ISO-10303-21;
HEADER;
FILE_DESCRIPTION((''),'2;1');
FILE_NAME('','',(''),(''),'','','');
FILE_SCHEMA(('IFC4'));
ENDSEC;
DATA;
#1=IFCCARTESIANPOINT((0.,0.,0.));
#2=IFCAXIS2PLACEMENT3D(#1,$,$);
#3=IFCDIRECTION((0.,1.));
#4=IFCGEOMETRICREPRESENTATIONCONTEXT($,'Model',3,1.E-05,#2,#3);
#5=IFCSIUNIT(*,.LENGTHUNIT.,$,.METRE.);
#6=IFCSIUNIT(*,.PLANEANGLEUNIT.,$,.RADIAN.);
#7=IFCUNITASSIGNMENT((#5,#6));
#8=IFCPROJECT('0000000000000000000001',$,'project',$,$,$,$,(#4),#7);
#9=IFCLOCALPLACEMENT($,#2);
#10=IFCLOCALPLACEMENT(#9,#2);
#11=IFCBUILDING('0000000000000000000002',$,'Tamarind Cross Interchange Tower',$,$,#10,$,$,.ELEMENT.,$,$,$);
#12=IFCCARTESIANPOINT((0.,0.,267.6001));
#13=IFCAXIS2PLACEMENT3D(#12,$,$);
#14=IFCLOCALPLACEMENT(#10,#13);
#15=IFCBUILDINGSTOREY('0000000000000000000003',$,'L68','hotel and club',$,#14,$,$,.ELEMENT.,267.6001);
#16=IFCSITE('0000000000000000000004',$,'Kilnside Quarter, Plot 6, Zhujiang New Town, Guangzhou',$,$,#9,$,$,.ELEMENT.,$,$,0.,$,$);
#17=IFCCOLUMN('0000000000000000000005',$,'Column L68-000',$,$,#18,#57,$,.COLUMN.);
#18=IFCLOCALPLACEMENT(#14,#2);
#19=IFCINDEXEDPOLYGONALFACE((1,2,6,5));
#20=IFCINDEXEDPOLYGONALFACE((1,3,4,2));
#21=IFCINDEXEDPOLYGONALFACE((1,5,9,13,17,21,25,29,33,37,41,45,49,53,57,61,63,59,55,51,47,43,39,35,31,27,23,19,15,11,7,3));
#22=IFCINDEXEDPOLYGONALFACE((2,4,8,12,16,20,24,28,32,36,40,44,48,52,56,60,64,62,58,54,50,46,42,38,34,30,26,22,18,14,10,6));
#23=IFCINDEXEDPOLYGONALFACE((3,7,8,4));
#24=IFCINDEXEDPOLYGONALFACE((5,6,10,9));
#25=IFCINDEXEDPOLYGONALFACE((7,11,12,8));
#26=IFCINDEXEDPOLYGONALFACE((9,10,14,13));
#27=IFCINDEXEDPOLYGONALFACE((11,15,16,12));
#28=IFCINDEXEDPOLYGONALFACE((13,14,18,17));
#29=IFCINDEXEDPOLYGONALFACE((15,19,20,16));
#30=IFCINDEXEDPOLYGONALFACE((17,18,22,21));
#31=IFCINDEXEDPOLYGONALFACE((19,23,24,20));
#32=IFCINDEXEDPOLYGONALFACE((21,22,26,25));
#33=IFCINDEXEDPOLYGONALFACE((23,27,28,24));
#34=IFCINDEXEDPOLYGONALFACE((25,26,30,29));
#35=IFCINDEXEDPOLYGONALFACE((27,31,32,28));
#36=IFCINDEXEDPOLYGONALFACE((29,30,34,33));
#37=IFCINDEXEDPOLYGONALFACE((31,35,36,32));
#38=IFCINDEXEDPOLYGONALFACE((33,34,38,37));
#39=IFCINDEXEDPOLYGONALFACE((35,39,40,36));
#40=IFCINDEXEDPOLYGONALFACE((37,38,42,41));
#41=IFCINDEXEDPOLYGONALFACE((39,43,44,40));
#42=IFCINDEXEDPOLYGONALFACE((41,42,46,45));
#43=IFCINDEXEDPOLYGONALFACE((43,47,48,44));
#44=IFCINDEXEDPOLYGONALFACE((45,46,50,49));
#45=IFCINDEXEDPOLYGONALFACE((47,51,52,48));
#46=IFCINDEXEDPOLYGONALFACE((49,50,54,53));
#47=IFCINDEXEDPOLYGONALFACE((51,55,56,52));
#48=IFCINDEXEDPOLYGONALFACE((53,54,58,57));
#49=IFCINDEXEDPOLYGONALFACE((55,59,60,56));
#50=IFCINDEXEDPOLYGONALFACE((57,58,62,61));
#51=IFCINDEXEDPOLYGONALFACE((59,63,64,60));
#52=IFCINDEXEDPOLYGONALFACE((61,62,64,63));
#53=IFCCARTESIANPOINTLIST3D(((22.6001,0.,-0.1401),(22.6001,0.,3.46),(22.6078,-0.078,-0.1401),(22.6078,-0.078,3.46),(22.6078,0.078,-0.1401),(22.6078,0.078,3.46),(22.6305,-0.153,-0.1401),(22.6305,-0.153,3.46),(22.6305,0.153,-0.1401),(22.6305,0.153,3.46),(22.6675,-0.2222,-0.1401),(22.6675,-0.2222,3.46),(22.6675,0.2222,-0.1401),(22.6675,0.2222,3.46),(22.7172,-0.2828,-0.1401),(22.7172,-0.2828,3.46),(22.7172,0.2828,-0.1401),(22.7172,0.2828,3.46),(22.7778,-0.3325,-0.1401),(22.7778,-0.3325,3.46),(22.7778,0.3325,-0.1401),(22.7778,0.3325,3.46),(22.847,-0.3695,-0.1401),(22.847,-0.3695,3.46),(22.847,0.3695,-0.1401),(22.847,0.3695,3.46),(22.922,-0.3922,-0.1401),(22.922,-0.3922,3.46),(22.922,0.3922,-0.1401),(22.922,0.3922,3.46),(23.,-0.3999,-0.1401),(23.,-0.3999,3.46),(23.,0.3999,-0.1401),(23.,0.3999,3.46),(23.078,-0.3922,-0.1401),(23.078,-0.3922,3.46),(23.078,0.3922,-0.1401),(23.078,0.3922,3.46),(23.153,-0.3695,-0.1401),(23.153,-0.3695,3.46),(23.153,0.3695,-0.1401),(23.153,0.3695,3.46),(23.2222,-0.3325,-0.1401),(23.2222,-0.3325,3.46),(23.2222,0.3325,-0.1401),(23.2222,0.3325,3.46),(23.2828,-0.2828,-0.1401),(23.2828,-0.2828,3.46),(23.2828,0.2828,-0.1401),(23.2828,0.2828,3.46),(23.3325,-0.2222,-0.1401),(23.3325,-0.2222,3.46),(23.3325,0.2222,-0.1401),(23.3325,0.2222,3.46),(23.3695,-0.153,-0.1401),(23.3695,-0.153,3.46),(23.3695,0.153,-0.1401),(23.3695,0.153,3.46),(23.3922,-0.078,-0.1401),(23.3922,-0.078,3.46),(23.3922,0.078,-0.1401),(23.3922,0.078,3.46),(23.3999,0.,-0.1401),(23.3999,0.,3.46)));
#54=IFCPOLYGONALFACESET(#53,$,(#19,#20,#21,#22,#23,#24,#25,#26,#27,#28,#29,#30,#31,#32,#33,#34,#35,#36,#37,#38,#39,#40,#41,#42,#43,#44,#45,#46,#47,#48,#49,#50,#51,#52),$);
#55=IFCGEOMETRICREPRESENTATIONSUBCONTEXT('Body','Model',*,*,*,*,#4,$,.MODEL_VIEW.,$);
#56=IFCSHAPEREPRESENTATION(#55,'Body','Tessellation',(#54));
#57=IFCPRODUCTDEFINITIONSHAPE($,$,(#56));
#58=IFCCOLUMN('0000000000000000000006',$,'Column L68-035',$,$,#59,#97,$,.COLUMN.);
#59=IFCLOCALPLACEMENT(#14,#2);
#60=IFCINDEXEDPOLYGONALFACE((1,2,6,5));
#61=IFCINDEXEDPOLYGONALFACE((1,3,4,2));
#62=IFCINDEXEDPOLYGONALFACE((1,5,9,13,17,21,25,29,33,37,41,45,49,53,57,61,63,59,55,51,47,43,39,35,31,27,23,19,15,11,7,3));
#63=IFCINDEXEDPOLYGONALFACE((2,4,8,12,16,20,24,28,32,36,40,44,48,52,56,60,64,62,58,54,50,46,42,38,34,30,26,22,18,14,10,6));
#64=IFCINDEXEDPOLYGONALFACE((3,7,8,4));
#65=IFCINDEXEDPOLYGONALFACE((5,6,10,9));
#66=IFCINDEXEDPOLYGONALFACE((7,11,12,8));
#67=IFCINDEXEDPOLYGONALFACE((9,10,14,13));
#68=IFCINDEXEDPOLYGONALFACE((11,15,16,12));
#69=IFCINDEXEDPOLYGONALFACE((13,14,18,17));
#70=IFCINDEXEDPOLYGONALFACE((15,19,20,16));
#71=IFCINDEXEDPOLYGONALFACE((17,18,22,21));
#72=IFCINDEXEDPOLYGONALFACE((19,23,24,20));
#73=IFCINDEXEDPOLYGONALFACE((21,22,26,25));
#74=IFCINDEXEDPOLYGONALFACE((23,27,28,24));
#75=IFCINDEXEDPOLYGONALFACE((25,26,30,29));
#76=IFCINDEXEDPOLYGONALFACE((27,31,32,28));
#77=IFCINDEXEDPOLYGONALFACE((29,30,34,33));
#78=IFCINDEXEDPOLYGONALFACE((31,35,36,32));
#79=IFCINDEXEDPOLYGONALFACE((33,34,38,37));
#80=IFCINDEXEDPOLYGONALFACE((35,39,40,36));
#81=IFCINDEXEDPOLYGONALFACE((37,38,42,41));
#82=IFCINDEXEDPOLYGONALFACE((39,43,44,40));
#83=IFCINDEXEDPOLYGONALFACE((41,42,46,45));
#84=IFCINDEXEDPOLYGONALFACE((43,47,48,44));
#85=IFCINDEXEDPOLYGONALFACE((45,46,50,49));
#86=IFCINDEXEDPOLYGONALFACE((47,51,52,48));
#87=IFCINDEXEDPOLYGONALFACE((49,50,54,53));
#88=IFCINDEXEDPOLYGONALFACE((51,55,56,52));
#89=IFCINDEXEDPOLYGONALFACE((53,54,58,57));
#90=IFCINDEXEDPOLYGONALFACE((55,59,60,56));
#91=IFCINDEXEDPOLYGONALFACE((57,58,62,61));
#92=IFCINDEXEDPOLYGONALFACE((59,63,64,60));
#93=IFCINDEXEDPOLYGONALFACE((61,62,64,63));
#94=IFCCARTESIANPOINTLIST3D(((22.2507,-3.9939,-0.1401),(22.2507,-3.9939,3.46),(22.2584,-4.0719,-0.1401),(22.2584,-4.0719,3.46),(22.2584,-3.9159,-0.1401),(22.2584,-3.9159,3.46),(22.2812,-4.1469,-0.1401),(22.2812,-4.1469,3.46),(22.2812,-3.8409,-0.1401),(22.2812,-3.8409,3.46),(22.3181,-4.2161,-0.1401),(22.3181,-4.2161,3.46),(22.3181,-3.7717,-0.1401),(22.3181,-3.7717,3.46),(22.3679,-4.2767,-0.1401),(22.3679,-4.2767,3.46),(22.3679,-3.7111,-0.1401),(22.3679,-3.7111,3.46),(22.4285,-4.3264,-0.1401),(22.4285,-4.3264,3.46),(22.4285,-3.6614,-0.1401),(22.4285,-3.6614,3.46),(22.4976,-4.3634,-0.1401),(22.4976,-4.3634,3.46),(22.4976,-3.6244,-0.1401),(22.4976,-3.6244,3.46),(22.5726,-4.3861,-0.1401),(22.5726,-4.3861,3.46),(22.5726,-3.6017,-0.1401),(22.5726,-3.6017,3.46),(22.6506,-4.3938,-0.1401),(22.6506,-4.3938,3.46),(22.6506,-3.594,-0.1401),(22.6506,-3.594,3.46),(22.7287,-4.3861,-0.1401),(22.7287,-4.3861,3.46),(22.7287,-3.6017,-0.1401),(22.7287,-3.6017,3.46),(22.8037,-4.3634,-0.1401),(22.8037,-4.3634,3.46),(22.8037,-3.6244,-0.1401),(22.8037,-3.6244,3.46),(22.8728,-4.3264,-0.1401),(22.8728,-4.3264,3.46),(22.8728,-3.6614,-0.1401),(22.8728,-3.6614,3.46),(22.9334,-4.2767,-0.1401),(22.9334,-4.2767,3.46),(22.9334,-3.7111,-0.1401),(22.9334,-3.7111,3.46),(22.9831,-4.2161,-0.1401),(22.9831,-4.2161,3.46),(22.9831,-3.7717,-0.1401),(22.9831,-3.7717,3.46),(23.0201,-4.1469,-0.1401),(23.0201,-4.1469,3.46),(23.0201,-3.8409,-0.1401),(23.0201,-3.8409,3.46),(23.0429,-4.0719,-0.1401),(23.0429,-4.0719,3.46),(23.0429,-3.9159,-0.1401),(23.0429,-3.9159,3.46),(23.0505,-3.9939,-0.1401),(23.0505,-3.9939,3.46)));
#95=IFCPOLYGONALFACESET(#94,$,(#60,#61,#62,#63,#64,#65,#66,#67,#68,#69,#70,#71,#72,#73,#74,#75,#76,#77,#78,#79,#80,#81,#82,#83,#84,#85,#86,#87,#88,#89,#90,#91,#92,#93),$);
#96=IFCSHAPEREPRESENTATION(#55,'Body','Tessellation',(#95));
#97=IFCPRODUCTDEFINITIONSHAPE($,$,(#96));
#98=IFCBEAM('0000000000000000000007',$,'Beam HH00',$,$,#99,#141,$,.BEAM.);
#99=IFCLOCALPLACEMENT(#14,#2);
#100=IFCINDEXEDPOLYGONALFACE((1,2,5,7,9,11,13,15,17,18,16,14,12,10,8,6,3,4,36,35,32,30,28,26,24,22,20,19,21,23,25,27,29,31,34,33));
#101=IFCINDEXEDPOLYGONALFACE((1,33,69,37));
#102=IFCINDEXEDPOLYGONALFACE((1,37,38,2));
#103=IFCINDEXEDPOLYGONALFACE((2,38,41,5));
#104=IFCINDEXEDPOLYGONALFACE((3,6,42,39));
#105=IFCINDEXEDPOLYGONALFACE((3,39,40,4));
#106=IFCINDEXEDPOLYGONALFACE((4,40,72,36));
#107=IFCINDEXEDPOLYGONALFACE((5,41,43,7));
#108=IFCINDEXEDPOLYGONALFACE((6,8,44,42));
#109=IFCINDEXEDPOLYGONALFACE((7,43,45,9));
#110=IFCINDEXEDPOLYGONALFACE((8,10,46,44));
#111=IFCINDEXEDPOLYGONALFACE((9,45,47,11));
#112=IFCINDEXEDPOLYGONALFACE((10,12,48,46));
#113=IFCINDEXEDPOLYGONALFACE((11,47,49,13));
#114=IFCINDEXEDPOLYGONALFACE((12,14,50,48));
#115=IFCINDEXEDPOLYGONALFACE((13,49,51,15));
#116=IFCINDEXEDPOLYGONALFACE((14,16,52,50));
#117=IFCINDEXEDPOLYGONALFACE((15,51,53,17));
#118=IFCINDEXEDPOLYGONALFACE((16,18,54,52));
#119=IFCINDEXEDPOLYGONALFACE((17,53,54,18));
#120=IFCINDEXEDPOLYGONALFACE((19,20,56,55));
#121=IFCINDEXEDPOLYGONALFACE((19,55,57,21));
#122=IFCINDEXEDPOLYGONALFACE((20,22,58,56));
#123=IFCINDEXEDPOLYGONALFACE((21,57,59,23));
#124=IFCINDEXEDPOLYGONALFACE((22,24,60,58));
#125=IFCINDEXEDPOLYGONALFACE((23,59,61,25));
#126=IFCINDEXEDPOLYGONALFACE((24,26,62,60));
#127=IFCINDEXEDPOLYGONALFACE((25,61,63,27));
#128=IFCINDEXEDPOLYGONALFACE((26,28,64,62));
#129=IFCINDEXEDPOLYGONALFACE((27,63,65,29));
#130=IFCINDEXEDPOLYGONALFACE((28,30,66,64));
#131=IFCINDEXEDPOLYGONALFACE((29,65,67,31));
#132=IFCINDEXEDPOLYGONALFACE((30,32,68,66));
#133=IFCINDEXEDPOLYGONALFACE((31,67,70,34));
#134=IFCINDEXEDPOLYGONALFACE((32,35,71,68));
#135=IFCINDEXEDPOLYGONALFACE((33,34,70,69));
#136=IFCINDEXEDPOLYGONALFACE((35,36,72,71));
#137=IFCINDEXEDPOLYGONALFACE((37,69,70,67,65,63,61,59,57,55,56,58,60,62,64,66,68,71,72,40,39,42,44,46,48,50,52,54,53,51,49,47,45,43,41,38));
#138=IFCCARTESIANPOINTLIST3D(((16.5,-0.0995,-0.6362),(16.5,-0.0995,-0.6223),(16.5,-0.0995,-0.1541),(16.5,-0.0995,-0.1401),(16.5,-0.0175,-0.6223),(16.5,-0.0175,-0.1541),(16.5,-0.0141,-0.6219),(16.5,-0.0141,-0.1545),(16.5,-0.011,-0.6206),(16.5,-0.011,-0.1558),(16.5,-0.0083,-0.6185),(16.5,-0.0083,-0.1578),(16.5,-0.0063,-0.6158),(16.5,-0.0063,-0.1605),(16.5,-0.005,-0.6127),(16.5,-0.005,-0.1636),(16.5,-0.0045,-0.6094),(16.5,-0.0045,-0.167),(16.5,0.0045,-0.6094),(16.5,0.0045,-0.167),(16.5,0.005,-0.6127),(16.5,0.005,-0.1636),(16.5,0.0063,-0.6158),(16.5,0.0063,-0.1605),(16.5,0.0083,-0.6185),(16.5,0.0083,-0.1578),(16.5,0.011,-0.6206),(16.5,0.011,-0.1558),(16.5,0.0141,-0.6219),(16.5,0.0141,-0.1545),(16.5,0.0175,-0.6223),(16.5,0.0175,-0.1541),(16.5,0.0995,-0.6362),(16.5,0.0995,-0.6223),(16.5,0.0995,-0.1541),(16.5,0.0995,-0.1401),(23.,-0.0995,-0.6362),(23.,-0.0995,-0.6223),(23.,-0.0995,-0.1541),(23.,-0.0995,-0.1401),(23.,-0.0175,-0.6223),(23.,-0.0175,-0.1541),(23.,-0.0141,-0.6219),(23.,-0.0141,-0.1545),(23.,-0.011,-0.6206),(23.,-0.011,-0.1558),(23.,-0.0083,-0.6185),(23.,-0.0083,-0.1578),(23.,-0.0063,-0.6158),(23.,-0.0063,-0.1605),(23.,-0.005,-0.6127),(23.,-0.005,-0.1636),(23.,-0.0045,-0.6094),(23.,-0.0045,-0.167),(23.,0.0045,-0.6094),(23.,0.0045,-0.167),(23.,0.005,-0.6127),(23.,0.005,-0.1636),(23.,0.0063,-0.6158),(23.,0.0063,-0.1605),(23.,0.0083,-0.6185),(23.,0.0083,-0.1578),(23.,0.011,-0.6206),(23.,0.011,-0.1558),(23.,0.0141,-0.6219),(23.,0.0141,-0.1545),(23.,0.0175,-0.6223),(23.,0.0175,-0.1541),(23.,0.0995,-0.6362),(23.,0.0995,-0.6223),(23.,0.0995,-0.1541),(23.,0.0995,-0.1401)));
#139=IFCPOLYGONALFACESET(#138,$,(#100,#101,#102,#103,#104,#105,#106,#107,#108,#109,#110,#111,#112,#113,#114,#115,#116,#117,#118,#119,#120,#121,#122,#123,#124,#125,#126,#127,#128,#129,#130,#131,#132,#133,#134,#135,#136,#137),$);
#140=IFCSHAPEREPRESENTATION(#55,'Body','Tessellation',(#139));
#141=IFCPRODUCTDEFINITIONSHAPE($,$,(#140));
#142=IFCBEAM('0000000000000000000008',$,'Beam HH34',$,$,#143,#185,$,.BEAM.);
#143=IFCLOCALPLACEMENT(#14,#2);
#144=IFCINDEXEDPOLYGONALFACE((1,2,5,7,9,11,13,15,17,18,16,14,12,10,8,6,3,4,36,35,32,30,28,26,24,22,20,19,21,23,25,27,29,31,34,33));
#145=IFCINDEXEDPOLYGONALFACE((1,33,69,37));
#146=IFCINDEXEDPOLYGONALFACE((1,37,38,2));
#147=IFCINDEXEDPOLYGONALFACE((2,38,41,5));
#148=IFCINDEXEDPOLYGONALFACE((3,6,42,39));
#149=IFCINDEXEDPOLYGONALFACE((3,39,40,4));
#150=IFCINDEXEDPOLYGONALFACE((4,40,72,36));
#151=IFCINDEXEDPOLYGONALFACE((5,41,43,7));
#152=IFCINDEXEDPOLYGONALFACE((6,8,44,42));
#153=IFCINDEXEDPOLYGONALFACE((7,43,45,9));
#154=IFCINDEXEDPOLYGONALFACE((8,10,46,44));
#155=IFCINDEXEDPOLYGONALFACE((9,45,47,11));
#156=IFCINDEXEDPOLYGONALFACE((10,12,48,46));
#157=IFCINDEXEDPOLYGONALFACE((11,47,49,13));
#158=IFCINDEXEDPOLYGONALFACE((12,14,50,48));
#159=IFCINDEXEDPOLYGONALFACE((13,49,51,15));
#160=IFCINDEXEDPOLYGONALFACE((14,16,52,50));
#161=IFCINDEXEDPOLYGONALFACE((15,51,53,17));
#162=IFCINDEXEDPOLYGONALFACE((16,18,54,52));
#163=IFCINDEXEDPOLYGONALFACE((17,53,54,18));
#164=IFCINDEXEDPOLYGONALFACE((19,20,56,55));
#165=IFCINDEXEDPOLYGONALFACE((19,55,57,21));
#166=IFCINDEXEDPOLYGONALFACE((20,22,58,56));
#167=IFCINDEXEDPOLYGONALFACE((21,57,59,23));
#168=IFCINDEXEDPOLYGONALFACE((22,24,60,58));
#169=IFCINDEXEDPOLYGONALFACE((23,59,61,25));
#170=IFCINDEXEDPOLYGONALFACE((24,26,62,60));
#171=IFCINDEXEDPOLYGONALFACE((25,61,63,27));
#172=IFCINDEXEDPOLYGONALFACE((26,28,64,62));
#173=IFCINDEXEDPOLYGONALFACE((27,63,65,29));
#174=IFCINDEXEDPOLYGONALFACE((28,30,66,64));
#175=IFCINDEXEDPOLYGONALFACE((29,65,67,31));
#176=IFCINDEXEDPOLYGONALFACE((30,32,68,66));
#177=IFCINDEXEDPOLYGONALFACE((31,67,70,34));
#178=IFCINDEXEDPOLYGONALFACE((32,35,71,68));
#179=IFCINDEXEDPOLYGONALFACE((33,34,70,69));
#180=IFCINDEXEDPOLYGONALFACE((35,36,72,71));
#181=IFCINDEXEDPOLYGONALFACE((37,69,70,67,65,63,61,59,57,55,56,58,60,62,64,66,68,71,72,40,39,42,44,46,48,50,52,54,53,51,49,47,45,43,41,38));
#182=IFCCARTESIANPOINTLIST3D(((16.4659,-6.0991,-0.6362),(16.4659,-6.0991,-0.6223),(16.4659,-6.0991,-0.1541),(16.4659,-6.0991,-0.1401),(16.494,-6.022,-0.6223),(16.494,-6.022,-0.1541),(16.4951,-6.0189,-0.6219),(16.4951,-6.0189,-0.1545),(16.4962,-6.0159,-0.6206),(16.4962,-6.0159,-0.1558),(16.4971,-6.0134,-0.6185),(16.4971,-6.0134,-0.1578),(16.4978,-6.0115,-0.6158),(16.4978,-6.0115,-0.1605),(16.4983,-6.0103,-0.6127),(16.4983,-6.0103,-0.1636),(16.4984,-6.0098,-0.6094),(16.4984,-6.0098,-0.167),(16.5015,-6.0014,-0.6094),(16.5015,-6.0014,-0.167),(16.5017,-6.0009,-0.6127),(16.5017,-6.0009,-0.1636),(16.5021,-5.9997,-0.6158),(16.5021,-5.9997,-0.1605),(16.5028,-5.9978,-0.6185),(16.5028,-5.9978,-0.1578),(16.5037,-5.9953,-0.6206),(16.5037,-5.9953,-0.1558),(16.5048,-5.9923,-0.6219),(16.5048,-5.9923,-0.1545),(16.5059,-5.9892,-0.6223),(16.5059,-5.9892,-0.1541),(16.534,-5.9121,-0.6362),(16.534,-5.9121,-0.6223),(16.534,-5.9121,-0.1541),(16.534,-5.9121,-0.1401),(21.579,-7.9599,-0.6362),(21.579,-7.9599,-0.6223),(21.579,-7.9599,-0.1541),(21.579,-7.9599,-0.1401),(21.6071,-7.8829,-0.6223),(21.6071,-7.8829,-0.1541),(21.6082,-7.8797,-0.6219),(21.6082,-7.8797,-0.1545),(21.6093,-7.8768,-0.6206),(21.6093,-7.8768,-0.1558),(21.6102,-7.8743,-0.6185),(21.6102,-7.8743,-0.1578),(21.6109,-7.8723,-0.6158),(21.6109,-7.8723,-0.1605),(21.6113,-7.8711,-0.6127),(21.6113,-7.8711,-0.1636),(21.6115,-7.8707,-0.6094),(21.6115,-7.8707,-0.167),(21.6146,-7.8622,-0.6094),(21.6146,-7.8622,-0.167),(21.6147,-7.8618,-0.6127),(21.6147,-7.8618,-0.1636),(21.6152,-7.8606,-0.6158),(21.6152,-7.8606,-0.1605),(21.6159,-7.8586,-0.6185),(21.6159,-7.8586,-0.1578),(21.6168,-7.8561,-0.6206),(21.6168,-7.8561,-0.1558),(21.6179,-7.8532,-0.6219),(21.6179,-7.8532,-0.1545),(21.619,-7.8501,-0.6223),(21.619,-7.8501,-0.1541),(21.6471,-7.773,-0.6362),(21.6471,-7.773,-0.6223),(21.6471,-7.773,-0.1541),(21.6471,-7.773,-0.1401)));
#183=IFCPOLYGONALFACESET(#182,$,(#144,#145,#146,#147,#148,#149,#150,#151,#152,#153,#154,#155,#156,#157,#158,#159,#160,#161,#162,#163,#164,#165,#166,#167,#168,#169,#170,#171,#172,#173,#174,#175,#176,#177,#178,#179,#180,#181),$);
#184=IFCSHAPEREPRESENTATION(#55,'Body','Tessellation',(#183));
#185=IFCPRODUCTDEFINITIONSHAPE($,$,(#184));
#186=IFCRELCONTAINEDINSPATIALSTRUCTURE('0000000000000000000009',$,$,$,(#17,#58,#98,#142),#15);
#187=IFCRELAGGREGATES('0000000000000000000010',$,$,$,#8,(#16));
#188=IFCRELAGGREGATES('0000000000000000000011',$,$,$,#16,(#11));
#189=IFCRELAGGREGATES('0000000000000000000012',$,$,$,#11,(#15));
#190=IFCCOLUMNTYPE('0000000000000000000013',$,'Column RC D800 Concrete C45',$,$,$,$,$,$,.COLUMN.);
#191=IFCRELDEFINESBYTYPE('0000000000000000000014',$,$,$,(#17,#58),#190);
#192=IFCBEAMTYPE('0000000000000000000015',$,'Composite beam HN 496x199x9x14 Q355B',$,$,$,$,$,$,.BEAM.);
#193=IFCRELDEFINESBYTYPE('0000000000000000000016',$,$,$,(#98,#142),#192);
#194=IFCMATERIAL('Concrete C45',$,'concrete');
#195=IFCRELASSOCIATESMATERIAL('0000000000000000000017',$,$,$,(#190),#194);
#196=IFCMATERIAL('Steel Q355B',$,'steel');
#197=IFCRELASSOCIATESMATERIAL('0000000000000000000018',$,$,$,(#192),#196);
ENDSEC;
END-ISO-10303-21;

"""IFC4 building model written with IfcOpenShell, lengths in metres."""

from ifc_helpers import new_model, si_unit, direction, frame, origin, origin_2d, place, context, subcontext, project, spatial, circle, i_section, extrude, material, material_profile, profile_set, type_object, element, save


model = new_model("IFC4")

# Units and contexts
model_context = context("Model", 3, precision=1e-05, world=origin(), true_north=direction((0.0, 1.0)))
body_context = subcontext(model_context, "Body", "Model", "MODEL_VIEW")
ifc_project = project(units=[si_unit("LENGTHUNIT", "METRE"), si_unit("PLANEANGLEUNIT", "RADIAN")], contexts=[model_context])

# Site, building, storey
site_placement = place(None, origin())
site = spatial("IfcSite", under=ifc_project, at=site_placement, Name="Kilnside Quarter, Plot 6, Zhujiang New Town, Guangzhou", CompositionType="ELEMENT", RefElevation=0.0)
building_placement = place(site_placement, origin())
building = spatial("IfcBuilding", under=site, at=building_placement, Name="Tamarind Cross Interchange Tower", CompositionType="ELEMENT")
storey_placement = place(building_placement, frame((0.0, 0.0, 267.6001)))
storey = spatial("IfcBuildingStorey", under=building, at=storey_placement, Name="L68", Description="hotel and club", CompositionType="ELEMENT", Elevation=267.6001)

# Columns
ifc_material_1 = material(Name="Concrete C45", Category="concrete")
ifc_material_profile_1 = material_profile(ifc_material_1, circle(Radius=0.3999, at=origin_2d()), Name="RC D800")
ifc_profile_set_1 = profile_set([ifc_material_profile_1], Name="Concrete C45")
column_type = type_object("IfcColumnType", Name="Column RC D800 Concrete C45", PredefinedType="COLUMN", material=ifc_profile_set_1)
for number, where, z_axis, x_axis, name in (
    (1, (23.0, 0.0, -0.1401), (0.0, 0.0, 1.0), (1.0, 0.0, 0.0), "Column L68-000"),
    (2, (22.6506, -3.9939, -0.1401), (0.0, 0.0, 1.0), (1.0, 0.0, 0.0), "Column L68-035"),
):
    element("IfcColumn", number, at=place(storey_placement, frame(where, z_axis=z_axis, x_axis=x_axis)), inside=storey, type_object=column_type, Name=name, PredefinedType="COLUMN", context=body_context, shape_type="SweptSolid", body=[
        extrude(circle(Radius=0.3999, at=origin_2d()), origin(), (0.0, 0.0, 1.0), 3.6001),
    ])

# Beams
ifc_material_2 = material(Name="Steel Q355B", Category="steel")
ifc_material_profile_2 = material_profile(ifc_material_2, i_section(OverallWidth=0.199, OverallDepth=0.4961, WebThickness=0.009, FlangeThickness=0.0139, FilletRadius=0.0129, at=origin_2d()), Name="HN 496x199x9x14")
ifc_profile_set_2 = profile_set([ifc_material_profile_2], Name="Steel Q355B")
beam_type = type_object("IfcBeamType", Name="Composite beam HN 496x199x9x14 Q355B", PredefinedType="BEAM", material=ifc_profile_set_2)
beam_1_placement = place(storey_placement, frame((23.0, 0.0, -0.3882), z_axis=(-1.0, 0.0, 0.0), x_axis=(0.0, -1.0, 0.0)))
element("IfcBeam", 3, at=beam_1_placement, inside=storey, type_object=beam_type, Name="Beam HH00", PredefinedType="BEAM", context=body_context, shape_type="SweptSolid", body=[
    extrude(i_section(OverallWidth=0.199, OverallDepth=0.4961, WebThickness=0.009, FlangeThickness=0.0139, FilletRadius=0.0129, at=origin_2d()), origin(), (0.0, 0.0, 1.0), 6.5),
])
beam_2_placement = place(storey_placement, frame((21.613, -7.8665, -0.3882), z_axis=(-0.939702, 0.341995, 0.0), x_axis=(-0.341995, -0.939702, 0.0)))
element("IfcBeam", 4, at=beam_2_placement, inside=storey, type_object=beam_type, Name="Beam HH34", PredefinedType="BEAM", context=body_context, shape_type="SweptSolid", body=[
    extrude(i_section(OverallWidth=0.199, OverallDepth=0.4961, WebThickness=0.009, FlangeThickness=0.0139, FilletRadius=0.0129, at=origin_2d()), origin(), (0.0, 0.0, 1.0), 5.4412),
])

save(model, "model.ifc")
